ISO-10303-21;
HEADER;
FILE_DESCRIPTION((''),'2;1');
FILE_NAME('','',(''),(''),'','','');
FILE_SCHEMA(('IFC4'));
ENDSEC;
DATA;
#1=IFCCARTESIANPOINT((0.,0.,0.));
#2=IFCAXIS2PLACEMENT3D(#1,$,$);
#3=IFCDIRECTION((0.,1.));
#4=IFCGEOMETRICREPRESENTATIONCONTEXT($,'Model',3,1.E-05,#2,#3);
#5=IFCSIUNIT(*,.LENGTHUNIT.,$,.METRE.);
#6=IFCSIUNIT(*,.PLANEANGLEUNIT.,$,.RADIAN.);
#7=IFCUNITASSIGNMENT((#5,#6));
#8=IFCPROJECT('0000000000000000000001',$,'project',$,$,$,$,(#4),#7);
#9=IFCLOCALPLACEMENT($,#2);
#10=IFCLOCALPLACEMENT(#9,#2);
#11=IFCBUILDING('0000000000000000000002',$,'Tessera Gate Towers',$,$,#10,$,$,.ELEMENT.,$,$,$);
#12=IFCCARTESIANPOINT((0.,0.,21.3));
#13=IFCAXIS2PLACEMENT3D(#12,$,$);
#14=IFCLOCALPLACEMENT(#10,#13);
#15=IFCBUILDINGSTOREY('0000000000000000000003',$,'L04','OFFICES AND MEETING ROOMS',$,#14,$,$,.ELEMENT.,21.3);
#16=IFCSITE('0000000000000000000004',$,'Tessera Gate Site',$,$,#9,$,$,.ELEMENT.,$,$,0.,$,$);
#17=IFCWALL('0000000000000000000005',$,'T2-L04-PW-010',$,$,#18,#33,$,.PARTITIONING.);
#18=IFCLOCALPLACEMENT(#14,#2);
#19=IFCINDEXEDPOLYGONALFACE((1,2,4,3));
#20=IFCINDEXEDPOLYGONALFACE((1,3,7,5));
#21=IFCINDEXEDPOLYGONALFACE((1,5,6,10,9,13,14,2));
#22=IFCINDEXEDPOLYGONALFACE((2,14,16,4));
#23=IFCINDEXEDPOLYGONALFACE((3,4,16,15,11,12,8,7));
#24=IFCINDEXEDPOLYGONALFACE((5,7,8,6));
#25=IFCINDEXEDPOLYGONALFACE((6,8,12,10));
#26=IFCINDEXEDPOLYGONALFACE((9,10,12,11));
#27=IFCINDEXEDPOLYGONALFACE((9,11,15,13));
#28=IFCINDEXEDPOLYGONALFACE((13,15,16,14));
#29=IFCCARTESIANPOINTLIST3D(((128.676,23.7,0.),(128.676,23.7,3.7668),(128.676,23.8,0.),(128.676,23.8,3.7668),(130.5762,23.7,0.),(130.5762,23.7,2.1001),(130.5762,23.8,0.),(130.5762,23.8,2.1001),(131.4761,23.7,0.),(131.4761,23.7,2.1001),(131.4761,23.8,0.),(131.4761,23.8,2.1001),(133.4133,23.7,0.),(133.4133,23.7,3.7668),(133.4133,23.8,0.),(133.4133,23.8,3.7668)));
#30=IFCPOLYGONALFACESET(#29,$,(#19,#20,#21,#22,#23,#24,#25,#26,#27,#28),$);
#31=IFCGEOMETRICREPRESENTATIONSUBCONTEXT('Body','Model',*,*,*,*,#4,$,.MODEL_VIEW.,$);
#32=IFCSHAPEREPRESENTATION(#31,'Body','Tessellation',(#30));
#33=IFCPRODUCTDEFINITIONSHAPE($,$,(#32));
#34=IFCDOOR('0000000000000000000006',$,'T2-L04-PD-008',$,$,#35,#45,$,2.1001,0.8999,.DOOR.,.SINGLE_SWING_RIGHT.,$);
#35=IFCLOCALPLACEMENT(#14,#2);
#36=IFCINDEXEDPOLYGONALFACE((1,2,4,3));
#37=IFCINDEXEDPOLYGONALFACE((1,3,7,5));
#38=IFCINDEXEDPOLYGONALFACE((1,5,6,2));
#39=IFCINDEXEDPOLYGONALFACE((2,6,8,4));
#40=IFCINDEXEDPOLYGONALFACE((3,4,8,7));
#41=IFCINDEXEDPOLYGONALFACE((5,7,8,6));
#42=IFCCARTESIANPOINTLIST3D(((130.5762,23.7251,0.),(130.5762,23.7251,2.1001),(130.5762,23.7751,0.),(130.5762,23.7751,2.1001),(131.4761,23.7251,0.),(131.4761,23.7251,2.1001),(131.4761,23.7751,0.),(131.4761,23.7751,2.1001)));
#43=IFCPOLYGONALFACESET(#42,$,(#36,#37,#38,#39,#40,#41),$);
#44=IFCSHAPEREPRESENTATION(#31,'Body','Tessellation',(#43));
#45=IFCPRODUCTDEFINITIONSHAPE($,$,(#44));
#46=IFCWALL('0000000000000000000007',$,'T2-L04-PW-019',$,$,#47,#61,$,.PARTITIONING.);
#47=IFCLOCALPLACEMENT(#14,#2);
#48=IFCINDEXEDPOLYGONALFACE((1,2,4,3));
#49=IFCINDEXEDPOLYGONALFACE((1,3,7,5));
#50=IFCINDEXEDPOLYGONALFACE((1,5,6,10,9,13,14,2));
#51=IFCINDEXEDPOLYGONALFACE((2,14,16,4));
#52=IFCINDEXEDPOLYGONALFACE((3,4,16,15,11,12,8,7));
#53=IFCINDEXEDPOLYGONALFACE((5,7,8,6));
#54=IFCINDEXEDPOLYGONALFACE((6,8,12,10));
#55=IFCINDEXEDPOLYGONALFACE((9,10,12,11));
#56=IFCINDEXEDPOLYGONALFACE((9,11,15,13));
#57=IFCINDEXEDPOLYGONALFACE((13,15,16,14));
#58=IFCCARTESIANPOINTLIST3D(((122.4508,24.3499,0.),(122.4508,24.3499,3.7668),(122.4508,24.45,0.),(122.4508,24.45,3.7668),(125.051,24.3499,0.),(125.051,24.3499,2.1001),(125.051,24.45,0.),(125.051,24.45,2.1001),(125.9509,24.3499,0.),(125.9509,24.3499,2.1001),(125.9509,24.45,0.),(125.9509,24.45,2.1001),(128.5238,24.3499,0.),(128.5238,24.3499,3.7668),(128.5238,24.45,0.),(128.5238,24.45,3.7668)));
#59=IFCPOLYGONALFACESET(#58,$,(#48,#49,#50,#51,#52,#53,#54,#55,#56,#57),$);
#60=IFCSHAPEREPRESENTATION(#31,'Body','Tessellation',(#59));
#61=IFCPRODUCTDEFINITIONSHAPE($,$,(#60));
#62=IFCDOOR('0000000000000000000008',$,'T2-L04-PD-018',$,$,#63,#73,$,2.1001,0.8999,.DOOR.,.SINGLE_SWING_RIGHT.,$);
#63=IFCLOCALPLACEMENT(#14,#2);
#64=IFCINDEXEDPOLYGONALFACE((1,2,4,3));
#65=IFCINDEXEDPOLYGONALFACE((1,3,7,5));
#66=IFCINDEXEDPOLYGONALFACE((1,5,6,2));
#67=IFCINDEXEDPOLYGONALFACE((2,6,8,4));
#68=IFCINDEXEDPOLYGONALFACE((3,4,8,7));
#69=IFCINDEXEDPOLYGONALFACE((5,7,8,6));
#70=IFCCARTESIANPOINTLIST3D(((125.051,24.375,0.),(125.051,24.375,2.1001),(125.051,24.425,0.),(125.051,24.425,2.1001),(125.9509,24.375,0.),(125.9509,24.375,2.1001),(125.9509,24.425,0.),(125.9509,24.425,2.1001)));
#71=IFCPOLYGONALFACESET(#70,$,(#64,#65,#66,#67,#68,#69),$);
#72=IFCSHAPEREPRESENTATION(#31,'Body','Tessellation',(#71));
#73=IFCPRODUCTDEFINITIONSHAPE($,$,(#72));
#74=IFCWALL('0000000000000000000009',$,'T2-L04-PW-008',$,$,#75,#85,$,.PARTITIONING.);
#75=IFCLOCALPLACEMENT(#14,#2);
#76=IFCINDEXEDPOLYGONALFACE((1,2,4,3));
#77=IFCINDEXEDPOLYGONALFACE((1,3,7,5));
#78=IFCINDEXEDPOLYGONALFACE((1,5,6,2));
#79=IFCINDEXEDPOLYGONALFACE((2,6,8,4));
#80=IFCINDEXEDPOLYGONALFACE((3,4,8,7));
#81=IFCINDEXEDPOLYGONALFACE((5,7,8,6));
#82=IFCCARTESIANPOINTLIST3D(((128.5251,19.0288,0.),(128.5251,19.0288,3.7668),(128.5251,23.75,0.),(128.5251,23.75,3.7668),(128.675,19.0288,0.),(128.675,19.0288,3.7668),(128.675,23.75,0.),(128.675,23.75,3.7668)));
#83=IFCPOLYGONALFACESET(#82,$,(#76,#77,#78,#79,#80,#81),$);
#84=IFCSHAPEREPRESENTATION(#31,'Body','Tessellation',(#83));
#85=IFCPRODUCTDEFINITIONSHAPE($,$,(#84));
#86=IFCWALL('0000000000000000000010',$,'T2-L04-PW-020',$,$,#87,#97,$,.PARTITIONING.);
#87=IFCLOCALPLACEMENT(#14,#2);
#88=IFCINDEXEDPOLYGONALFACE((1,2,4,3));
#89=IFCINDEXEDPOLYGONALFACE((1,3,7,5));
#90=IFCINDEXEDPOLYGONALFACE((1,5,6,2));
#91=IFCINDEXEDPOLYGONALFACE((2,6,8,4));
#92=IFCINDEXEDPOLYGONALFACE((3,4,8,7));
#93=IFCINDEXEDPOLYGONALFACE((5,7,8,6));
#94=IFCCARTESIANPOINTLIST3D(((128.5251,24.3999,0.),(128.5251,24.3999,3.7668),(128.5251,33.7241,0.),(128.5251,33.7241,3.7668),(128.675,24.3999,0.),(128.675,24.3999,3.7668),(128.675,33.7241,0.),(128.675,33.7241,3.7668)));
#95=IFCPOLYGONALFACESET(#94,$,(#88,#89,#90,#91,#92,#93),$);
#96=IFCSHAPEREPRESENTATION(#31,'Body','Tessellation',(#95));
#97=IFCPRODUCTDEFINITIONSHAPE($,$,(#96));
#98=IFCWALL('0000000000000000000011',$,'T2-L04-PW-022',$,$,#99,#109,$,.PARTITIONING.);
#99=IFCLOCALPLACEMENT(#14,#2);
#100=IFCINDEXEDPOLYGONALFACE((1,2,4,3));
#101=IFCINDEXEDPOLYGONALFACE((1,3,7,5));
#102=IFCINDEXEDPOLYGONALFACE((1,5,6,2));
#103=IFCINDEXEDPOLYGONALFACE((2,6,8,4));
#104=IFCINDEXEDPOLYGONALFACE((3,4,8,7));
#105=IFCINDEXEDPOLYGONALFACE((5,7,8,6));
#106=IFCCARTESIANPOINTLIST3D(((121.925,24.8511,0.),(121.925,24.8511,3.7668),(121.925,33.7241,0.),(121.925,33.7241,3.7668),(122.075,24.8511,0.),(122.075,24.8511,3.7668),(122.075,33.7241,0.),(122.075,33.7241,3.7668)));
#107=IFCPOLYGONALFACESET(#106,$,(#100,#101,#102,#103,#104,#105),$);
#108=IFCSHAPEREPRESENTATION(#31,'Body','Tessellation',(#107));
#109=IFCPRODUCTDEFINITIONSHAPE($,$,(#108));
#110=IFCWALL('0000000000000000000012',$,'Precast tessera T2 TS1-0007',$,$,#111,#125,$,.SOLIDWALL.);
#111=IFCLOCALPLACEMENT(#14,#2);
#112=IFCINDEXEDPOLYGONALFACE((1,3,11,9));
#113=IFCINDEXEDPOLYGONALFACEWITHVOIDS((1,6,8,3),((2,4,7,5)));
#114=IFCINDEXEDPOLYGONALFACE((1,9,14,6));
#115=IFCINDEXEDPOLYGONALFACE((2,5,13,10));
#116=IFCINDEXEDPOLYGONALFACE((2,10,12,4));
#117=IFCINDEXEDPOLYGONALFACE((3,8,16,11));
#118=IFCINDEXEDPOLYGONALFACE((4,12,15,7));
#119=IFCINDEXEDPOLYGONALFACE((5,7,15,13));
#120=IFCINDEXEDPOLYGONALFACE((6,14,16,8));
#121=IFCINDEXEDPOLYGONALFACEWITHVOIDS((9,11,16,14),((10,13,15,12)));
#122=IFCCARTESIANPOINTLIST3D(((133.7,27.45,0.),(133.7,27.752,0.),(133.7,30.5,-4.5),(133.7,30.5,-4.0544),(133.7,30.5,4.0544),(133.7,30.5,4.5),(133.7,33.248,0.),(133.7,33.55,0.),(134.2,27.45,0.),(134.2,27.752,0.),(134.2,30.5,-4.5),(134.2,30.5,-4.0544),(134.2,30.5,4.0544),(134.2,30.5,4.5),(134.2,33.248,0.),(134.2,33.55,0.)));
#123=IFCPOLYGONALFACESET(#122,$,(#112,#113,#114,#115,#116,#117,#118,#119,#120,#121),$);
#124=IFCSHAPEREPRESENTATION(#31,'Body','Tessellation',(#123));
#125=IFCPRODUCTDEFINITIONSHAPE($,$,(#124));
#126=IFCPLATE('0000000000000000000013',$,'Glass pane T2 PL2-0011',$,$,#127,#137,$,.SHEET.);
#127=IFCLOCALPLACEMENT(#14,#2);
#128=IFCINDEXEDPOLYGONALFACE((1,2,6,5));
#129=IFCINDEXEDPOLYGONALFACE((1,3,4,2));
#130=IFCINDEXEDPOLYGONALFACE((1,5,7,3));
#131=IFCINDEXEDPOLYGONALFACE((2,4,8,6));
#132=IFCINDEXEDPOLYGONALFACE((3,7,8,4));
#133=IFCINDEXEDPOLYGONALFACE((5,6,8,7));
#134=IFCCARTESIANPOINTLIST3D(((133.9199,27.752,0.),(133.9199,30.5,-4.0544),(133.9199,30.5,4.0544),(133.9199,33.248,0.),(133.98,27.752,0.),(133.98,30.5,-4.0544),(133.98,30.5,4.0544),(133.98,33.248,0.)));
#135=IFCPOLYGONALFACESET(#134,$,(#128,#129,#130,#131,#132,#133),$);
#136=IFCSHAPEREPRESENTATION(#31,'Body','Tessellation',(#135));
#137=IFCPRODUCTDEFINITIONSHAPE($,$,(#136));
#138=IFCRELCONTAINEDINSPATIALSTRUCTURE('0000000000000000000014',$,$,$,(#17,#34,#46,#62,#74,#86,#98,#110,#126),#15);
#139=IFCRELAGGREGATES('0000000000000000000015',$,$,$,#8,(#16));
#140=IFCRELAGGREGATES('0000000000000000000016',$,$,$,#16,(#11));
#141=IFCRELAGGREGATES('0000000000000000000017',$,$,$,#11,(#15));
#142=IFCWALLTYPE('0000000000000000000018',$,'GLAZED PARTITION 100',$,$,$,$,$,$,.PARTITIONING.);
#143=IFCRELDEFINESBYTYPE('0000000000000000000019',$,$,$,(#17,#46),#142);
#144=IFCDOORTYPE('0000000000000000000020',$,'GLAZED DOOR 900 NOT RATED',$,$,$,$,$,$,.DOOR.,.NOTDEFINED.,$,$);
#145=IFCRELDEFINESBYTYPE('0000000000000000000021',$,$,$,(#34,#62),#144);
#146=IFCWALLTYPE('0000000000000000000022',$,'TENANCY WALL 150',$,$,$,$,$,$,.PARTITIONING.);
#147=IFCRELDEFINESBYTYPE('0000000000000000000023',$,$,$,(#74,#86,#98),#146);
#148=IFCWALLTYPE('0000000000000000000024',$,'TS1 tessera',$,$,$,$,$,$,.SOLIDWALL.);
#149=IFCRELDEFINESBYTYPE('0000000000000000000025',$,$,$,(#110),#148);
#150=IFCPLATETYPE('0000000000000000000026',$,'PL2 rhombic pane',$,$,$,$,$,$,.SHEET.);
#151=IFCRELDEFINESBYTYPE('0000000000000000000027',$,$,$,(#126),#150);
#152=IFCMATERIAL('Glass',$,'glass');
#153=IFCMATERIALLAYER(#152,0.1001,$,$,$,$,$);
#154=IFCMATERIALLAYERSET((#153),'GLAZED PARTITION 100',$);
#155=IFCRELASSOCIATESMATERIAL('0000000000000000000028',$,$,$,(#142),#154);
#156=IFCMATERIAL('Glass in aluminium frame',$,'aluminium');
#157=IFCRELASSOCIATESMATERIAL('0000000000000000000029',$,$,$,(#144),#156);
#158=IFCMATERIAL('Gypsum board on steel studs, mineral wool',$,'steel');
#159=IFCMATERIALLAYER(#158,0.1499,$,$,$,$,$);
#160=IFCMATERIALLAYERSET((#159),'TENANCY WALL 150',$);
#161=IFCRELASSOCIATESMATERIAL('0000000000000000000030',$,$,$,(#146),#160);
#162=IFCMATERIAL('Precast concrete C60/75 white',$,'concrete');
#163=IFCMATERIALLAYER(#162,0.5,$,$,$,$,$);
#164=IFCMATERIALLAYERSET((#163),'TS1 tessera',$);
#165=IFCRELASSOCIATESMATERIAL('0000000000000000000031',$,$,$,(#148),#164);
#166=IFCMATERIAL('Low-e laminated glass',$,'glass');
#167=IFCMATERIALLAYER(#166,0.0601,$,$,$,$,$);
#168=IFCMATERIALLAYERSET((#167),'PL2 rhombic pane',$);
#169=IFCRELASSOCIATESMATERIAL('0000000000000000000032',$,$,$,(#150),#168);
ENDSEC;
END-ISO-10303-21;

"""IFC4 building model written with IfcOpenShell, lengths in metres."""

from ifc_helpers import new_model, si_unit, direction, frame, frame_2d, origin, place, context, subcontext, project, spatial, polyline, rectangle, outline, extrude, source, transform, mapped, material, layer, layer_set, type_object, element, fill, save


model = new_model("IFC4")

# Units and contexts
model_context = context("Model", 3, precision=1e-05, world=origin(), true_north=direction((0.0, 1.0)))
body_context = subcontext(model_context, "Body", "Model", "MODEL_VIEW")
ifc_project = project(units=[si_unit("LENGTHUNIT", "METRE"), si_unit("PLANEANGLEUNIT", "RADIAN")], contexts=[model_context])

# Site, building, storey
site_placement = place(None, origin())
site = spatial("IfcSite", under=ifc_project, at=site_placement, Name="Tessera Gate Site", CompositionType="ELEMENT", RefElevation=0.0)
building_placement = place(site_placement, origin())
building = spatial("IfcBuilding", under=site, at=building_placement, Name="Tessera Gate Towers", CompositionType="ELEMENT")
storey_placement = place(building_placement, frame((0.0, 0.0, 21.3)))
storey = spatial("IfcBuildingStorey", under=building, at=storey_placement, Name="L04", Description="OFFICES AND MEETING ROOMS", CompositionType="ELEMENT", Elevation=21.3)

# Shared definitions
shared_shape_1 = source(origin(), body_context, "Body", "SweptSolid", [
    extrude(rectangle(XDim=0.8999, YDim=2.1001, at=frame_2d((0.45, 1.05))), frame((0.0, 0.0249, 0.0), z_axis=(0.0, -1.0, 0.0), x_axis=(1.0, 0.0, 0.0)), (0.0, 0.0, 1.0), 0.05),
])

# Shared definitions
ifc_material_1 = material(Name="Glass", Category="glass")
ifc_layer_1 = layer(ifc_material_1, 0.1001)
ifc_layer_set_1 = layer_set([ifc_layer_1], Name="GLAZED PARTITION 100")
wall_type_1 = type_object("IfcWallType", Name="GLAZED PARTITION 100", PredefinedType="PARTITIONING", material=ifc_layer_set_1)

# Walls, openings, doors
wall_1_placement = place(storey_placement, frame((133.4133, 23.75, 0.0), z_axis=(0.0, 0.0, 1.0), x_axis=(-1.0, 0.0, 0.0)))
wall_1 = element("IfcWall", 1, at=wall_1_placement, inside=storey, type_object=wall_type_1, Name="T2-L04-PW-010", PredefinedType="PARTITIONING", context=body_context, shape_type="SweptSolid", body=[
    extrude(rectangle(XDim=4.7373, YDim=0.1001, at=frame_2d((2.3687, 0.0))), origin(), (0.0, 0.0, 1.0), 3.7668),
])
shared_shape_2 = source(origin(), body_context, "Body", "SweptSolid", [
    extrude(rectangle(XDim=0.8999, YDim=2.1001, at=frame_2d((0.45, 1.05))), frame((0.0, 0.0601, 0.0), z_axis=(0.0, -1.0, 0.0), x_axis=(1.0, 0.0, 0.0)), (0.0, 0.0, 1.0), 0.1201),
])
opening_1_placement = place(wall_1_placement, frame((1.9373, 0.0, 0.0)))
opening_1 = element("IfcOpeningElement", 2, at=opening_1_placement, cuts=wall_1, PredefinedType="OPENING", context=body_context, shape_type="MappedRepresentation", body=[
    mapped(shared_shape_2, transform((0.0, 0.0, 0.0), scale=1.0)),
])
ifc_material_2 = material(Name="Glass in aluminium frame", Category="aluminium")
door_type_1 = type_object("IfcDoorType", Name="GLAZED DOOR 900 NOT RATED", OperationType="NOTDEFINED", PredefinedType="DOOR", material=ifc_material_2)
door_1_placement = place(opening_1_placement, origin())
door_1 = element("IfcDoor", 3, at=door_1_placement, inside=storey, type_object=door_type_1, Name="T2-L04-PD-008", OperationType="SINGLE_SWING_RIGHT", OverallHeight=2.1001, OverallWidth=0.8999, PredefinedType="DOOR", context=body_context, shape_type="MappedRepresentation", body=[
    mapped(shared_shape_1, transform((0.0, 0.0, 0.0), scale=1.0)),
])
fill(opening_1, door_1)
wall_2_placement = place(storey_placement, frame((128.5239, 24.3999, 0.0), z_axis=(0.0, 0.0, 1.0), x_axis=(-1.0, 0.0, 0.0)))
wall_2 = element("IfcWall", 4, at=wall_2_placement, inside=storey, type_object=wall_type_1, Name="T2-L04-PW-019", PredefinedType="PARTITIONING", context=body_context, shape_type="SweptSolid", body=[
    extrude(rectangle(XDim=6.073, YDim=0.1001, at=frame_2d((3.0366, 0.0))), origin(), (0.0, 0.0, 1.0), 3.7668),
])
opening_2_placement = place(wall_2_placement, frame((2.573, 0.0, 0.0)))
opening_2 = element("IfcOpeningElement", 5, at=opening_2_placement, cuts=wall_2, PredefinedType="OPENING", context=body_context, shape_type="MappedRepresentation", body=[
    mapped(shared_shape_2, transform((0.0, 0.0, 0.0), scale=1.0)),
])
door_2_placement = place(opening_2_placement, origin())
door_2 = element("IfcDoor", 6, at=door_2_placement, inside=storey, type_object=door_type_1, Name="T2-L04-PD-018", OperationType="SINGLE_SWING_RIGHT", OverallHeight=2.1001, OverallWidth=0.8999, PredefinedType="DOOR", context=body_context, shape_type="MappedRepresentation", body=[
    mapped(shared_shape_1, transform((0.0, 0.0, 0.0), scale=1.0)),
])
fill(opening_2, door_2)

# Walls
ifc_material_3 = material(Name="Gypsum board on steel studs, mineral wool", Category="steel")
ifc_layer_2 = layer(ifc_material_3, 0.1499)
ifc_layer_set_2 = layer_set([ifc_layer_2], Name="TENANCY WALL 150")
wall_type_2 = type_object("IfcWallType", Name="TENANCY WALL 150", PredefinedType="PARTITIONING", material=ifc_layer_set_2)
wall_3_placement = place(storey_placement, frame((128.6001, 19.0288, 0.0), z_axis=(0.0, 0.0, 1.0), x_axis=(0.0, 1.0, 0.0)))
element("IfcWall", 7, at=wall_3_placement, inside=storey, type_object=wall_type_2, Name="T2-L04-PW-008", PredefinedType="PARTITIONING", context=body_context, shape_type="SweptSolid", body=[
    extrude(rectangle(XDim=4.7212, YDim=0.1499, at=frame_2d((2.3606, 0.0))), origin(), (0.0, 0.0, 1.0), 3.7668),
])
wall_4_placement = place(storey_placement, frame((128.6001, 24.3999, 0.0), z_axis=(0.0, 0.0, 1.0), x_axis=(0.0, 1.0, 0.0)))
element("IfcWall", 8, at=wall_4_placement, inside=storey, type_object=wall_type_2, Name="T2-L04-PW-020", PredefinedType="PARTITIONING", context=body_context, shape_type="SweptSolid", body=[
    extrude(rectangle(XDim=9.3242, YDim=0.1499, at=frame_2d((4.6621, 0.0))), origin(), (0.0, 0.0, 1.0), 3.7668),
])
wall_5_placement = place(storey_placement, frame((122.0, 24.8511, 0.0), z_axis=(0.0, 0.0, 1.0), x_axis=(0.0, 1.0, 0.0)))
element("IfcWall", 9, at=wall_5_placement, inside=storey, type_object=wall_type_2, Name="T2-L04-PW-022", PredefinedType="PARTITIONING", context=body_context, shape_type="SweptSolid", body=[
    extrude(rectangle(XDim=8.873, YDim=0.1499, at=frame_2d((4.4365, 0.0))), origin(), (0.0, 0.0, 1.0), 3.7668),
])

# Wall, opening, plate
ifc_material_4 = material(Name="Precast concrete C60/75 white", Category="concrete")
ifc_layer_3 = layer(ifc_material_4, 0.5)
ifc_layer_set_3 = layer_set([ifc_layer_3], Name="TS1 tessera")
wall_type_3 = type_object("IfcWallType", Name="TS1 tessera", PredefinedType="SOLIDWALL", material=ifc_layer_set_3)
shared_shape_3 = source(origin(), body_context, "Body", "SweptSolid", [
    extrude(outline(polyline([(3.05, 0.0), (6.1001, 4.5), (3.05, 9.0), (0.0, 4.5), (3.05, 0.0)])), frame((0.0, 0.25, 0.0), z_axis=(0.0, -1.0, 0.0), x_axis=(1.0, 0.0, 0.0)), (0.0, 0.0, 1.0), 0.5),
])
wall_6_placement = place(storey_placement, frame((133.95, 27.45, -4.5), z_axis=(0.0, 0.0, 1.0), x_axis=(0.0, 1.0, 0.0)))
wall_6 = element("IfcWall", 10, at=wall_6_placement, inside=storey, type_object=wall_type_3, Name="Precast tessera T2 TS1-0007", PredefinedType="SOLIDWALL", context=body_context, shape_type="MappedRepresentation", body=[
    mapped(shared_shape_3, transform((0.0, 0.0, 0.0), scale=1.0)),
])
shared_shape_4 = source(origin(), body_context, "Body", "SweptSolid", [
    extrude(outline(polyline([(3.05, 0.4456), (5.7981, 4.5), (3.05, 8.5544), (0.302, 4.5), (3.05, 0.4456)])), frame((0.0, 0.26, 0.0), z_axis=(0.0, -1.0, 0.0), x_axis=(1.0, 0.0, 0.0)), (0.0, 0.0, 1.0), 0.52),
])
opening_3_placement = place(wall_6_placement, origin())
opening_3 = element("IfcOpeningElement", 11, at=opening_3_placement, cuts=wall_6, PredefinedType="OPENING", context=body_context, shape_type="MappedRepresentation", body=[
    mapped(shared_shape_4, transform((0.0, 0.0, 0.0), scale=1.0)),
])
ifc_material_5 = material(Name="Low-e laminated glass", Category="glass")
ifc_layer_4 = layer(ifc_material_5, 0.0601)
ifc_layer_set_4 = layer_set([ifc_layer_4], Name="PL2 rhombic pane")
plate_type_1 = type_object("IfcPlateType", Name="PL2 rhombic pane", PredefinedType="SHEET", material=ifc_layer_set_4)
shared_shape_5 = source(origin(), body_context, "Body", "SweptSolid", [
    extrude(outline(polyline([(3.05, 0.4456), (5.7981, 4.5), (3.05, 8.5544), (0.302, 4.5), (3.05, 0.4456)])), frame((0.0, 0.03, 0.0), z_axis=(0.0, -1.0, 0.0), x_axis=(1.0, 0.0, 0.0)), (0.0, 0.0, 1.0), 0.0601),
])
plate_1_placement = place(opening_3_placement, origin())
plate_1 = element("IfcPlate", 12, at=plate_1_placement, inside=storey, type_object=plate_type_1, Name="Glass pane T2 PL2-0011", PredefinedType="SHEET", context=body_context, shape_type="MappedRepresentation", body=[
    mapped(shared_shape_5, transform((0.0, 0.0, 0.0), scale=1.0)),
])
fill(opening_3, plate_1)

save(model, "model.ifc")
